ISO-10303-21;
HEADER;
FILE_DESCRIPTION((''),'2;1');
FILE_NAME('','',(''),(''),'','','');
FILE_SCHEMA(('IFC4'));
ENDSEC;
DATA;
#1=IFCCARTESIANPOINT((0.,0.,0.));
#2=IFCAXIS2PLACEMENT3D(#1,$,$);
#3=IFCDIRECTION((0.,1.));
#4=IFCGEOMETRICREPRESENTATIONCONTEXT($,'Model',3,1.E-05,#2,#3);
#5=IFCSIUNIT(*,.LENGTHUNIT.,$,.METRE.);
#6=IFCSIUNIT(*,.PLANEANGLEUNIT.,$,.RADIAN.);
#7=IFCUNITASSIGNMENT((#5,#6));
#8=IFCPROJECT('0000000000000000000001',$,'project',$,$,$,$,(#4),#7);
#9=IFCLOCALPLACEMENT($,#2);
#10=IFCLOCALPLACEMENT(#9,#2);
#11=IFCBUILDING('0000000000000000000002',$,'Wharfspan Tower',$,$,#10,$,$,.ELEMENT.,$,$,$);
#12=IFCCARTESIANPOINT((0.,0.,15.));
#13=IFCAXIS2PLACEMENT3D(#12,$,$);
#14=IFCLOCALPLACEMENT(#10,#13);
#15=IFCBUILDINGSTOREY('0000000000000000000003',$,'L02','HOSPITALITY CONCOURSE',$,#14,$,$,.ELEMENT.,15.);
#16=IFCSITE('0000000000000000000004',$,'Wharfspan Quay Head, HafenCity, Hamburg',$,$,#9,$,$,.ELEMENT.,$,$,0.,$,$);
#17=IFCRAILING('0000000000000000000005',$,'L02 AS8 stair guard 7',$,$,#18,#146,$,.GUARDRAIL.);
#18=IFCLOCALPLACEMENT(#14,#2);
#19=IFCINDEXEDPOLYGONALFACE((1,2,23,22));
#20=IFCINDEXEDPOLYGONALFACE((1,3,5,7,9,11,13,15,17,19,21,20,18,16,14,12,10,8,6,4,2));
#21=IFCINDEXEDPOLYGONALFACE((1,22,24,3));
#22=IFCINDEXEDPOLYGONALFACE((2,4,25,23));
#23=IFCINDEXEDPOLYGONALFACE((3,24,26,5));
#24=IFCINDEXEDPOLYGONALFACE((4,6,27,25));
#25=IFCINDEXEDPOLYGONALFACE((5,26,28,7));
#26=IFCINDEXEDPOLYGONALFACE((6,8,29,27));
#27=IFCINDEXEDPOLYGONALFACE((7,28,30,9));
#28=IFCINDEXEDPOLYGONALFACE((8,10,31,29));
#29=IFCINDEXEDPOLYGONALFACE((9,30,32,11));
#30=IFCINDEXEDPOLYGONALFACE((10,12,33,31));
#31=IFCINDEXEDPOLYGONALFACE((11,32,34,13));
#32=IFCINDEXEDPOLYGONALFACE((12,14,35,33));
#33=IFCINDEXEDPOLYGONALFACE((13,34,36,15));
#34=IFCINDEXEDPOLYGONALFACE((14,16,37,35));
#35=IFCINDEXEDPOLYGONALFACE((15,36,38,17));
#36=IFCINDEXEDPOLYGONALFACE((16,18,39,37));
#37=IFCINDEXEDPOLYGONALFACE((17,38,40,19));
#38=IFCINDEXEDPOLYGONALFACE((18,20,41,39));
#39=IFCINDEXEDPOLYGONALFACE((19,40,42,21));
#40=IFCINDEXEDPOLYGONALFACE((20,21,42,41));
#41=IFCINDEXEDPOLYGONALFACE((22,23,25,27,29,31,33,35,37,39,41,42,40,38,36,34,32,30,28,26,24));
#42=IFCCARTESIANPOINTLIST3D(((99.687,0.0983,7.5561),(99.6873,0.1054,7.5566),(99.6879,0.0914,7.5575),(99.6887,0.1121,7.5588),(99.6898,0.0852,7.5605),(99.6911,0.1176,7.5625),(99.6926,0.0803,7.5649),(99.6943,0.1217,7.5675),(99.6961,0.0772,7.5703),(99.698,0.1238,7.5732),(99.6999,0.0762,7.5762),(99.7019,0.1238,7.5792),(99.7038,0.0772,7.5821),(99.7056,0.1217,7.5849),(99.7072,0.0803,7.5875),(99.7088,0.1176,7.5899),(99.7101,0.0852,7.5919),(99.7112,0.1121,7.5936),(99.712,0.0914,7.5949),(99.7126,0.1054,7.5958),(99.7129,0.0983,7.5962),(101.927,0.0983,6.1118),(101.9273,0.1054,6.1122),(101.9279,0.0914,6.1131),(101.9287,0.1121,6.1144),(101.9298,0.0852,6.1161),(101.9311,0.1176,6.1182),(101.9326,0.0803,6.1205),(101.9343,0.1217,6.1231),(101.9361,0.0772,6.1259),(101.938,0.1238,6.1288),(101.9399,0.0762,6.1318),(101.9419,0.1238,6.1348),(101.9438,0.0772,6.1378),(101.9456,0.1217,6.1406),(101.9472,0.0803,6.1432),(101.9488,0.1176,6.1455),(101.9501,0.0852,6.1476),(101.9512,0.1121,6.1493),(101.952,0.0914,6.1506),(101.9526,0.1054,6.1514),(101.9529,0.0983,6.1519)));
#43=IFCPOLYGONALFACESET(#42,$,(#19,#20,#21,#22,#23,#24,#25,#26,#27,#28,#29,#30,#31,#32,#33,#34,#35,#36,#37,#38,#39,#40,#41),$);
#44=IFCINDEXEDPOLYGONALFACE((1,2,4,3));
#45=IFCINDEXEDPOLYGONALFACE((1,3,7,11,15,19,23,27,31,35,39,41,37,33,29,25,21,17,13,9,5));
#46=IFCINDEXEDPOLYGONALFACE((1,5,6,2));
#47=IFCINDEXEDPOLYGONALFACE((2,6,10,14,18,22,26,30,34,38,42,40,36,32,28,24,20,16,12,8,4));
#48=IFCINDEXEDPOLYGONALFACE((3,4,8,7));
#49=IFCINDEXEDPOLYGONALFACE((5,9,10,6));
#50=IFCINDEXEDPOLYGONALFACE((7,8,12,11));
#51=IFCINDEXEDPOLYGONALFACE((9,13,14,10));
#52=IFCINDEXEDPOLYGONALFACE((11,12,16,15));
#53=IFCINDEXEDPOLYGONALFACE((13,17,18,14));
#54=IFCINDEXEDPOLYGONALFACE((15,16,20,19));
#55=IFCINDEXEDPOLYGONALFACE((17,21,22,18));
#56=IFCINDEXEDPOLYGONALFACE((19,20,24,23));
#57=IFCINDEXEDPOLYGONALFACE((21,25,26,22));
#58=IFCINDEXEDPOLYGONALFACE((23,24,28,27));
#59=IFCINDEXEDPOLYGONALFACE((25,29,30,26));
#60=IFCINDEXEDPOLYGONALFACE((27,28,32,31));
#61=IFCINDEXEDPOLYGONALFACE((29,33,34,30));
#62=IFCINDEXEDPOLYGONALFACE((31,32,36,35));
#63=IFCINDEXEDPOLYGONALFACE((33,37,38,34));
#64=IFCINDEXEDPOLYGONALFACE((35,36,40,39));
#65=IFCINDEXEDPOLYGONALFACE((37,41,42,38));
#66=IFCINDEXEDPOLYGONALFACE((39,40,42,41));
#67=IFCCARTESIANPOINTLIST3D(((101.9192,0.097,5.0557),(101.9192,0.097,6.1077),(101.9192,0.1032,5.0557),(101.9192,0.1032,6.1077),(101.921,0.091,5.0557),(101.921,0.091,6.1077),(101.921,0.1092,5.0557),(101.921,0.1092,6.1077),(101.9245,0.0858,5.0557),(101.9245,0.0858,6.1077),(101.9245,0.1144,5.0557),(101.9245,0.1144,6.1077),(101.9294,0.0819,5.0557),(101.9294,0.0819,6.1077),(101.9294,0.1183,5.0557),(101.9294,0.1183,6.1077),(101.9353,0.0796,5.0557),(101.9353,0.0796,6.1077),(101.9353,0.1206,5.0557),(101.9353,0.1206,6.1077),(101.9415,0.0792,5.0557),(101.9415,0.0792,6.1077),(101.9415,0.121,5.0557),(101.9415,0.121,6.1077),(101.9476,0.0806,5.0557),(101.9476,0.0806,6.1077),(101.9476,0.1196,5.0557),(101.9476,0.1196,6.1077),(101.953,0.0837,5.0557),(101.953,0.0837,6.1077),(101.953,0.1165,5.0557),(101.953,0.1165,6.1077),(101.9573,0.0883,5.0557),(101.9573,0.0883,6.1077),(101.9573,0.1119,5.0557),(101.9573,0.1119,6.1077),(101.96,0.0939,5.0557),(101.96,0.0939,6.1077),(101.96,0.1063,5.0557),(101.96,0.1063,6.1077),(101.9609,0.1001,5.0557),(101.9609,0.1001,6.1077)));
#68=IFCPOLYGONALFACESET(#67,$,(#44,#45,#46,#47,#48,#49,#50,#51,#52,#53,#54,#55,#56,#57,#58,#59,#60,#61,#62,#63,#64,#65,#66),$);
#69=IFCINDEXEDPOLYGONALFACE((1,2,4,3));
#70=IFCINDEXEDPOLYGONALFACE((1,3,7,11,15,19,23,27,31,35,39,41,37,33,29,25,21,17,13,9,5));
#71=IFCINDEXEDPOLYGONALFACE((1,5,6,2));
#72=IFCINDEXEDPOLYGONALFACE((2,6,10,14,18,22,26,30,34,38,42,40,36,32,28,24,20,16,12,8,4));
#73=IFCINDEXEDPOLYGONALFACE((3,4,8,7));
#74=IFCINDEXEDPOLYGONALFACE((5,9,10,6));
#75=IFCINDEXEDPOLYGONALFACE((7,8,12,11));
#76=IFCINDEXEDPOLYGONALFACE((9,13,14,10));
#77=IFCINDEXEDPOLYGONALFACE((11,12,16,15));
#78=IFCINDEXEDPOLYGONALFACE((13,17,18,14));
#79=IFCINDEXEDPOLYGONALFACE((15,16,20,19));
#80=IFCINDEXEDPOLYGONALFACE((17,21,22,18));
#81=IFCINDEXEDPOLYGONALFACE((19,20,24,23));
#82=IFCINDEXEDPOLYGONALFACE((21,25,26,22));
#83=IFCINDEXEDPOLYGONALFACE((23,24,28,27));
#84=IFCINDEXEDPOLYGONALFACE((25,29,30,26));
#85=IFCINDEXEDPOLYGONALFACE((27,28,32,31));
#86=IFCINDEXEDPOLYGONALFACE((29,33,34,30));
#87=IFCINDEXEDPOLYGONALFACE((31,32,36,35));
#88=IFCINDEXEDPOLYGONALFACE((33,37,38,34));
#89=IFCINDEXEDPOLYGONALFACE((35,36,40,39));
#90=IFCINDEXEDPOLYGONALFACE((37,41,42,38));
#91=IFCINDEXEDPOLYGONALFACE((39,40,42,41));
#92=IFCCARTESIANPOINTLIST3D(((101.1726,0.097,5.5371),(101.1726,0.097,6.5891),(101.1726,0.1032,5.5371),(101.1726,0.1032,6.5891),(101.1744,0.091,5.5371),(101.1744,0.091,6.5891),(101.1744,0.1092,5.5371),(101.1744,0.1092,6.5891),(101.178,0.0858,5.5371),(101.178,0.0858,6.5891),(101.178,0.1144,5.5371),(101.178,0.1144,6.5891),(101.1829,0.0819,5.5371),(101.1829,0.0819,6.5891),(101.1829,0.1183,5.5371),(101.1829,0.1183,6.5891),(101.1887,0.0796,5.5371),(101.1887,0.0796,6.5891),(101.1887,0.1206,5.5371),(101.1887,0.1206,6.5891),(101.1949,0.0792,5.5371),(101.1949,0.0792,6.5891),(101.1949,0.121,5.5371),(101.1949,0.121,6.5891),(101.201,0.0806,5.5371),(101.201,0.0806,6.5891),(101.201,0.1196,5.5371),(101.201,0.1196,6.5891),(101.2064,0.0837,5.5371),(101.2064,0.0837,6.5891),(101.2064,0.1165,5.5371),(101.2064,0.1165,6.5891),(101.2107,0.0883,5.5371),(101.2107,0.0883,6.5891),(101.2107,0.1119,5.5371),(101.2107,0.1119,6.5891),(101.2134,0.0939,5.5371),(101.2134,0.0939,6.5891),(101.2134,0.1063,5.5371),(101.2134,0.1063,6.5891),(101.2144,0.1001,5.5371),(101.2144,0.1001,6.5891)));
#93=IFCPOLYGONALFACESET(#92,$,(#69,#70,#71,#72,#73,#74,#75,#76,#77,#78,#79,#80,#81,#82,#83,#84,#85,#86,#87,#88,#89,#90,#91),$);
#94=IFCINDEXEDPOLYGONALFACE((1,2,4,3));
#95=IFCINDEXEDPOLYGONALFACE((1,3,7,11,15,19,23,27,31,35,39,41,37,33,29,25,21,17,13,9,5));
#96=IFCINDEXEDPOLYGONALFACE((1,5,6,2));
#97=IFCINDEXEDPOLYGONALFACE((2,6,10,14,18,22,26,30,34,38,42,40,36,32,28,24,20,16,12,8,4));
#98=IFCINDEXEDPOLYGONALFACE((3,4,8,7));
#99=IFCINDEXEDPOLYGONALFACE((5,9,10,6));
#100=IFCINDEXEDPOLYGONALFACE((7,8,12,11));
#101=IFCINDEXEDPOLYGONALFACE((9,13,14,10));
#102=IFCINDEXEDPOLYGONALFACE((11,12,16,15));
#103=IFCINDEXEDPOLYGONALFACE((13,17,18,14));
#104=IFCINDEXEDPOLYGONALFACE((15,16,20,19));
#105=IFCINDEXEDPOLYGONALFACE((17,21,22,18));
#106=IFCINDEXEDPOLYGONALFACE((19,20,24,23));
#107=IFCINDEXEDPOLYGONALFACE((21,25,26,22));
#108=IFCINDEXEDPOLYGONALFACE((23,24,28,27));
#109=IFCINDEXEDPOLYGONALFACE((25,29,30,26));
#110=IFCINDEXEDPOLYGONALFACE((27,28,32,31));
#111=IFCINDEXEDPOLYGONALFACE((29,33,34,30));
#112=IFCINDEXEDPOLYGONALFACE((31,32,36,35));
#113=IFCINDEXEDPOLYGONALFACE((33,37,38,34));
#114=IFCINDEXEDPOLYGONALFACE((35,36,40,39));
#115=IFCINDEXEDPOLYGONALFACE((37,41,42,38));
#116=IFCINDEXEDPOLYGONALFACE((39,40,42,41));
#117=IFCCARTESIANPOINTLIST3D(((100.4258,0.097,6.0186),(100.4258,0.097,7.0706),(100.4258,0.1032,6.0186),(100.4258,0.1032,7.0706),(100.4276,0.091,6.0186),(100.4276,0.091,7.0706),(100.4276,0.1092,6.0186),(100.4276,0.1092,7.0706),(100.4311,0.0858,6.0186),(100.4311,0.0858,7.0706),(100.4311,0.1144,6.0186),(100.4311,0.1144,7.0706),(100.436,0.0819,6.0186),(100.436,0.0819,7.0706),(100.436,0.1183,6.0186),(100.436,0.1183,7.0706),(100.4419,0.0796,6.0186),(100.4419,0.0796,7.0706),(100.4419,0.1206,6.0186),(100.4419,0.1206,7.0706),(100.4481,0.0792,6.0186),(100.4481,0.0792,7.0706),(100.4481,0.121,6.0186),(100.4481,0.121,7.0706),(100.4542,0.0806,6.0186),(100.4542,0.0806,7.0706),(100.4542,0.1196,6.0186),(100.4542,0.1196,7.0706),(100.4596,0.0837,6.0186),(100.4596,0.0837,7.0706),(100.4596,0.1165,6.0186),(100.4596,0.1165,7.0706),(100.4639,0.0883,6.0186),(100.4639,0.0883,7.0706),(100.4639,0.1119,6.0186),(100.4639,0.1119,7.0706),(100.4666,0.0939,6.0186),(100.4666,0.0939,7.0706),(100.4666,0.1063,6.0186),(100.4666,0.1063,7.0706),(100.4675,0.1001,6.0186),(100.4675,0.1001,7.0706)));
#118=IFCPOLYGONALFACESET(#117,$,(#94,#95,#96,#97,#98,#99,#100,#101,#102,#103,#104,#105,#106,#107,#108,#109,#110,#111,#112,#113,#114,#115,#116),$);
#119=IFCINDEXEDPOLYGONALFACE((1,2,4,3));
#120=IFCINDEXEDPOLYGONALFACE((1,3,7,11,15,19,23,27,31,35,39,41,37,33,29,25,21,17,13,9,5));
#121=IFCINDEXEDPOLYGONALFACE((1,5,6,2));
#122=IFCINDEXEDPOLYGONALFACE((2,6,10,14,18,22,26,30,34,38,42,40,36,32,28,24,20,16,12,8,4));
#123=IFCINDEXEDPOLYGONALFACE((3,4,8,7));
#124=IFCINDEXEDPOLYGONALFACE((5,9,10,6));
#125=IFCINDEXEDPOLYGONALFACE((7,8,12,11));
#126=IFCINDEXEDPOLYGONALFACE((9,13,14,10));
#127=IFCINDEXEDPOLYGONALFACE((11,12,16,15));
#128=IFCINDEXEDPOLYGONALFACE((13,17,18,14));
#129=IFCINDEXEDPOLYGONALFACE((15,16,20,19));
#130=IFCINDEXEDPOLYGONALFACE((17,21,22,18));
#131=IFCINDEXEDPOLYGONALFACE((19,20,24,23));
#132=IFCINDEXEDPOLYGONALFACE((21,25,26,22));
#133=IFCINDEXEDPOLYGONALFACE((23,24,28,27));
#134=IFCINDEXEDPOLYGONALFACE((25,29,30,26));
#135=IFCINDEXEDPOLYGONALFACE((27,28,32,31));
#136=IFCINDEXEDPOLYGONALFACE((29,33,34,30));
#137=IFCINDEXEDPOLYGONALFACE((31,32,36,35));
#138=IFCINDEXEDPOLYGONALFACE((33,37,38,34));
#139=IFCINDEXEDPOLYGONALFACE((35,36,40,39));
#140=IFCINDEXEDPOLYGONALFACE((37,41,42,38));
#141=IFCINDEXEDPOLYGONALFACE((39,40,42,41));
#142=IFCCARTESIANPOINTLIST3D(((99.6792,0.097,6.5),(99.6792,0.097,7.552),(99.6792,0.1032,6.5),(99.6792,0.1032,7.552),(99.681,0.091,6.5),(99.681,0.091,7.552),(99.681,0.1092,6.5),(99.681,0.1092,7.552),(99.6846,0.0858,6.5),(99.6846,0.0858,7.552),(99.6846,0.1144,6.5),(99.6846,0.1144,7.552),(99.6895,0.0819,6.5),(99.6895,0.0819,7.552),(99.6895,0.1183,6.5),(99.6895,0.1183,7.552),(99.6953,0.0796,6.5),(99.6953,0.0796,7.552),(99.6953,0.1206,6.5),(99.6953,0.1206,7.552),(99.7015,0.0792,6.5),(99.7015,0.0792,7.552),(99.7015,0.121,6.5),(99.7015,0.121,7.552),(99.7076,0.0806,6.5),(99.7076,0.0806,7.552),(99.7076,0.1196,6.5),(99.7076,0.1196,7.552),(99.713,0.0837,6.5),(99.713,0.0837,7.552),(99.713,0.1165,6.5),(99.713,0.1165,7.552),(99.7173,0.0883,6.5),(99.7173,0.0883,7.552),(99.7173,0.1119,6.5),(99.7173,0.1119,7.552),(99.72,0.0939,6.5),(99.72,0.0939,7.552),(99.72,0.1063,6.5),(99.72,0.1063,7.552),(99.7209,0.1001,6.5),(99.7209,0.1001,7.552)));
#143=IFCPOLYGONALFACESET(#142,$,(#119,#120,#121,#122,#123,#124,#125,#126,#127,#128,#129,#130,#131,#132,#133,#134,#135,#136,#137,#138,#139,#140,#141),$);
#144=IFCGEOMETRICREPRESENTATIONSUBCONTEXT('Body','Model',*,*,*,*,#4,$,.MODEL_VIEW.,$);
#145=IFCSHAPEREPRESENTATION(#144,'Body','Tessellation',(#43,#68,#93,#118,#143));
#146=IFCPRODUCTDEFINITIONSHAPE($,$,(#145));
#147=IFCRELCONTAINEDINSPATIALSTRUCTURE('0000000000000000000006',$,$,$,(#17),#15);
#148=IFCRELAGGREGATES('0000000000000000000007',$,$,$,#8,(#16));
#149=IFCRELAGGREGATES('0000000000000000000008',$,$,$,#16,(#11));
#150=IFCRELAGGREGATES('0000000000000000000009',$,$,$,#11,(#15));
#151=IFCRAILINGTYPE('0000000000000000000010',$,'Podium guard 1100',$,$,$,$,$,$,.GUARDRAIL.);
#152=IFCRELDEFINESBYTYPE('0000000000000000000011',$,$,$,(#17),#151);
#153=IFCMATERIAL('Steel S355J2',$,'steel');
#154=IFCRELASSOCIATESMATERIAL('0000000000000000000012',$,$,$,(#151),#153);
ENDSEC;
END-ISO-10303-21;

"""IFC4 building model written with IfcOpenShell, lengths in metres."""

from ifc_helpers import new_model, si_unit, direction, frame, origin, origin_2d, place, context, subcontext, project, spatial, circle, extrude, material, type_object, element, save


model = new_model("IFC4")

# Units and contexts
model_context = context("Model", 3, precision=1e-05, world=origin(), true_north=direction((0.0, 1.0)))
body_context = subcontext(model_context, "Body", "Model", "MODEL_VIEW")
ifc_project = project(units=[si_unit("LENGTHUNIT", "METRE"), si_unit("PLANEANGLEUNIT", "RADIAN")], contexts=[model_context])

# Site, building, storey
site_placement = place(None, origin())
site = spatial("IfcSite", under=ifc_project, at=site_placement, Name="Wharfspan Quay Head, HafenCity, Hamburg", CompositionType="ELEMENT", RefElevation=0.0)
building_placement = place(site_placement, origin())
building = spatial("IfcBuilding", under=site, at=building_placement, Name="Wharfspan Tower", CompositionType="ELEMENT")
storey_placement = place(building_placement, frame((0.0, 0.0, 15.0)))
storey = spatial("IfcBuildingStorey", under=building, at=storey_placement, Name="L02", Description="HOSPITALITY CONCOURSE", CompositionType="ELEMENT", Elevation=15.0)

# Railing
ifc_material_1 = material(Name="Steel S355J2", Category="steel")
railing_type_1 = type_object("IfcRailingType", Name="Podium guard 1100", PredefinedType="GUARDRAIL", material=ifc_material_1)
railing_1_placement = place(storey_placement, frame((101.9399, 0.1001, 5.0557)))
element("IfcRailing", 1, at=railing_1_placement, inside=storey, type_object=railing_type_1, Name="L02 AS8 stair guard 7", PredefinedType="GUARDRAIL", context=body_context, shape_type="SweptSolid", body=[
    extrude(circle(Radius=0.0239, at=origin_2d()), frame((0.0, 0.0, 1.0762), z_axis=(-0.840437, 0.0, 0.54191), x_axis=(0.0, -1.0, 0.0)), (0.0, 0.0, 1.0), 2.6653),
    extrude(circle(Radius=0.021, at=origin_2d()), origin(), (0.0, 0.0, 1.0), 1.052),
    extrude(circle(Radius=0.021, at=origin_2d()), frame((-0.7466, 0.0, 0.4814)), (0.0, 0.0, 1.0), 1.052),
    extrude(circle(Radius=0.021, at=origin_2d()), frame((-1.4934, 0.0, 0.9629)), (0.0, 0.0, 1.0), 1.052),
    extrude(circle(Radius=0.021, at=origin_2d()), frame((-2.24, 0.0, 1.4443)), (0.0, 0.0, 1.0), 1.052),
])

save(model, "model.ifc")
